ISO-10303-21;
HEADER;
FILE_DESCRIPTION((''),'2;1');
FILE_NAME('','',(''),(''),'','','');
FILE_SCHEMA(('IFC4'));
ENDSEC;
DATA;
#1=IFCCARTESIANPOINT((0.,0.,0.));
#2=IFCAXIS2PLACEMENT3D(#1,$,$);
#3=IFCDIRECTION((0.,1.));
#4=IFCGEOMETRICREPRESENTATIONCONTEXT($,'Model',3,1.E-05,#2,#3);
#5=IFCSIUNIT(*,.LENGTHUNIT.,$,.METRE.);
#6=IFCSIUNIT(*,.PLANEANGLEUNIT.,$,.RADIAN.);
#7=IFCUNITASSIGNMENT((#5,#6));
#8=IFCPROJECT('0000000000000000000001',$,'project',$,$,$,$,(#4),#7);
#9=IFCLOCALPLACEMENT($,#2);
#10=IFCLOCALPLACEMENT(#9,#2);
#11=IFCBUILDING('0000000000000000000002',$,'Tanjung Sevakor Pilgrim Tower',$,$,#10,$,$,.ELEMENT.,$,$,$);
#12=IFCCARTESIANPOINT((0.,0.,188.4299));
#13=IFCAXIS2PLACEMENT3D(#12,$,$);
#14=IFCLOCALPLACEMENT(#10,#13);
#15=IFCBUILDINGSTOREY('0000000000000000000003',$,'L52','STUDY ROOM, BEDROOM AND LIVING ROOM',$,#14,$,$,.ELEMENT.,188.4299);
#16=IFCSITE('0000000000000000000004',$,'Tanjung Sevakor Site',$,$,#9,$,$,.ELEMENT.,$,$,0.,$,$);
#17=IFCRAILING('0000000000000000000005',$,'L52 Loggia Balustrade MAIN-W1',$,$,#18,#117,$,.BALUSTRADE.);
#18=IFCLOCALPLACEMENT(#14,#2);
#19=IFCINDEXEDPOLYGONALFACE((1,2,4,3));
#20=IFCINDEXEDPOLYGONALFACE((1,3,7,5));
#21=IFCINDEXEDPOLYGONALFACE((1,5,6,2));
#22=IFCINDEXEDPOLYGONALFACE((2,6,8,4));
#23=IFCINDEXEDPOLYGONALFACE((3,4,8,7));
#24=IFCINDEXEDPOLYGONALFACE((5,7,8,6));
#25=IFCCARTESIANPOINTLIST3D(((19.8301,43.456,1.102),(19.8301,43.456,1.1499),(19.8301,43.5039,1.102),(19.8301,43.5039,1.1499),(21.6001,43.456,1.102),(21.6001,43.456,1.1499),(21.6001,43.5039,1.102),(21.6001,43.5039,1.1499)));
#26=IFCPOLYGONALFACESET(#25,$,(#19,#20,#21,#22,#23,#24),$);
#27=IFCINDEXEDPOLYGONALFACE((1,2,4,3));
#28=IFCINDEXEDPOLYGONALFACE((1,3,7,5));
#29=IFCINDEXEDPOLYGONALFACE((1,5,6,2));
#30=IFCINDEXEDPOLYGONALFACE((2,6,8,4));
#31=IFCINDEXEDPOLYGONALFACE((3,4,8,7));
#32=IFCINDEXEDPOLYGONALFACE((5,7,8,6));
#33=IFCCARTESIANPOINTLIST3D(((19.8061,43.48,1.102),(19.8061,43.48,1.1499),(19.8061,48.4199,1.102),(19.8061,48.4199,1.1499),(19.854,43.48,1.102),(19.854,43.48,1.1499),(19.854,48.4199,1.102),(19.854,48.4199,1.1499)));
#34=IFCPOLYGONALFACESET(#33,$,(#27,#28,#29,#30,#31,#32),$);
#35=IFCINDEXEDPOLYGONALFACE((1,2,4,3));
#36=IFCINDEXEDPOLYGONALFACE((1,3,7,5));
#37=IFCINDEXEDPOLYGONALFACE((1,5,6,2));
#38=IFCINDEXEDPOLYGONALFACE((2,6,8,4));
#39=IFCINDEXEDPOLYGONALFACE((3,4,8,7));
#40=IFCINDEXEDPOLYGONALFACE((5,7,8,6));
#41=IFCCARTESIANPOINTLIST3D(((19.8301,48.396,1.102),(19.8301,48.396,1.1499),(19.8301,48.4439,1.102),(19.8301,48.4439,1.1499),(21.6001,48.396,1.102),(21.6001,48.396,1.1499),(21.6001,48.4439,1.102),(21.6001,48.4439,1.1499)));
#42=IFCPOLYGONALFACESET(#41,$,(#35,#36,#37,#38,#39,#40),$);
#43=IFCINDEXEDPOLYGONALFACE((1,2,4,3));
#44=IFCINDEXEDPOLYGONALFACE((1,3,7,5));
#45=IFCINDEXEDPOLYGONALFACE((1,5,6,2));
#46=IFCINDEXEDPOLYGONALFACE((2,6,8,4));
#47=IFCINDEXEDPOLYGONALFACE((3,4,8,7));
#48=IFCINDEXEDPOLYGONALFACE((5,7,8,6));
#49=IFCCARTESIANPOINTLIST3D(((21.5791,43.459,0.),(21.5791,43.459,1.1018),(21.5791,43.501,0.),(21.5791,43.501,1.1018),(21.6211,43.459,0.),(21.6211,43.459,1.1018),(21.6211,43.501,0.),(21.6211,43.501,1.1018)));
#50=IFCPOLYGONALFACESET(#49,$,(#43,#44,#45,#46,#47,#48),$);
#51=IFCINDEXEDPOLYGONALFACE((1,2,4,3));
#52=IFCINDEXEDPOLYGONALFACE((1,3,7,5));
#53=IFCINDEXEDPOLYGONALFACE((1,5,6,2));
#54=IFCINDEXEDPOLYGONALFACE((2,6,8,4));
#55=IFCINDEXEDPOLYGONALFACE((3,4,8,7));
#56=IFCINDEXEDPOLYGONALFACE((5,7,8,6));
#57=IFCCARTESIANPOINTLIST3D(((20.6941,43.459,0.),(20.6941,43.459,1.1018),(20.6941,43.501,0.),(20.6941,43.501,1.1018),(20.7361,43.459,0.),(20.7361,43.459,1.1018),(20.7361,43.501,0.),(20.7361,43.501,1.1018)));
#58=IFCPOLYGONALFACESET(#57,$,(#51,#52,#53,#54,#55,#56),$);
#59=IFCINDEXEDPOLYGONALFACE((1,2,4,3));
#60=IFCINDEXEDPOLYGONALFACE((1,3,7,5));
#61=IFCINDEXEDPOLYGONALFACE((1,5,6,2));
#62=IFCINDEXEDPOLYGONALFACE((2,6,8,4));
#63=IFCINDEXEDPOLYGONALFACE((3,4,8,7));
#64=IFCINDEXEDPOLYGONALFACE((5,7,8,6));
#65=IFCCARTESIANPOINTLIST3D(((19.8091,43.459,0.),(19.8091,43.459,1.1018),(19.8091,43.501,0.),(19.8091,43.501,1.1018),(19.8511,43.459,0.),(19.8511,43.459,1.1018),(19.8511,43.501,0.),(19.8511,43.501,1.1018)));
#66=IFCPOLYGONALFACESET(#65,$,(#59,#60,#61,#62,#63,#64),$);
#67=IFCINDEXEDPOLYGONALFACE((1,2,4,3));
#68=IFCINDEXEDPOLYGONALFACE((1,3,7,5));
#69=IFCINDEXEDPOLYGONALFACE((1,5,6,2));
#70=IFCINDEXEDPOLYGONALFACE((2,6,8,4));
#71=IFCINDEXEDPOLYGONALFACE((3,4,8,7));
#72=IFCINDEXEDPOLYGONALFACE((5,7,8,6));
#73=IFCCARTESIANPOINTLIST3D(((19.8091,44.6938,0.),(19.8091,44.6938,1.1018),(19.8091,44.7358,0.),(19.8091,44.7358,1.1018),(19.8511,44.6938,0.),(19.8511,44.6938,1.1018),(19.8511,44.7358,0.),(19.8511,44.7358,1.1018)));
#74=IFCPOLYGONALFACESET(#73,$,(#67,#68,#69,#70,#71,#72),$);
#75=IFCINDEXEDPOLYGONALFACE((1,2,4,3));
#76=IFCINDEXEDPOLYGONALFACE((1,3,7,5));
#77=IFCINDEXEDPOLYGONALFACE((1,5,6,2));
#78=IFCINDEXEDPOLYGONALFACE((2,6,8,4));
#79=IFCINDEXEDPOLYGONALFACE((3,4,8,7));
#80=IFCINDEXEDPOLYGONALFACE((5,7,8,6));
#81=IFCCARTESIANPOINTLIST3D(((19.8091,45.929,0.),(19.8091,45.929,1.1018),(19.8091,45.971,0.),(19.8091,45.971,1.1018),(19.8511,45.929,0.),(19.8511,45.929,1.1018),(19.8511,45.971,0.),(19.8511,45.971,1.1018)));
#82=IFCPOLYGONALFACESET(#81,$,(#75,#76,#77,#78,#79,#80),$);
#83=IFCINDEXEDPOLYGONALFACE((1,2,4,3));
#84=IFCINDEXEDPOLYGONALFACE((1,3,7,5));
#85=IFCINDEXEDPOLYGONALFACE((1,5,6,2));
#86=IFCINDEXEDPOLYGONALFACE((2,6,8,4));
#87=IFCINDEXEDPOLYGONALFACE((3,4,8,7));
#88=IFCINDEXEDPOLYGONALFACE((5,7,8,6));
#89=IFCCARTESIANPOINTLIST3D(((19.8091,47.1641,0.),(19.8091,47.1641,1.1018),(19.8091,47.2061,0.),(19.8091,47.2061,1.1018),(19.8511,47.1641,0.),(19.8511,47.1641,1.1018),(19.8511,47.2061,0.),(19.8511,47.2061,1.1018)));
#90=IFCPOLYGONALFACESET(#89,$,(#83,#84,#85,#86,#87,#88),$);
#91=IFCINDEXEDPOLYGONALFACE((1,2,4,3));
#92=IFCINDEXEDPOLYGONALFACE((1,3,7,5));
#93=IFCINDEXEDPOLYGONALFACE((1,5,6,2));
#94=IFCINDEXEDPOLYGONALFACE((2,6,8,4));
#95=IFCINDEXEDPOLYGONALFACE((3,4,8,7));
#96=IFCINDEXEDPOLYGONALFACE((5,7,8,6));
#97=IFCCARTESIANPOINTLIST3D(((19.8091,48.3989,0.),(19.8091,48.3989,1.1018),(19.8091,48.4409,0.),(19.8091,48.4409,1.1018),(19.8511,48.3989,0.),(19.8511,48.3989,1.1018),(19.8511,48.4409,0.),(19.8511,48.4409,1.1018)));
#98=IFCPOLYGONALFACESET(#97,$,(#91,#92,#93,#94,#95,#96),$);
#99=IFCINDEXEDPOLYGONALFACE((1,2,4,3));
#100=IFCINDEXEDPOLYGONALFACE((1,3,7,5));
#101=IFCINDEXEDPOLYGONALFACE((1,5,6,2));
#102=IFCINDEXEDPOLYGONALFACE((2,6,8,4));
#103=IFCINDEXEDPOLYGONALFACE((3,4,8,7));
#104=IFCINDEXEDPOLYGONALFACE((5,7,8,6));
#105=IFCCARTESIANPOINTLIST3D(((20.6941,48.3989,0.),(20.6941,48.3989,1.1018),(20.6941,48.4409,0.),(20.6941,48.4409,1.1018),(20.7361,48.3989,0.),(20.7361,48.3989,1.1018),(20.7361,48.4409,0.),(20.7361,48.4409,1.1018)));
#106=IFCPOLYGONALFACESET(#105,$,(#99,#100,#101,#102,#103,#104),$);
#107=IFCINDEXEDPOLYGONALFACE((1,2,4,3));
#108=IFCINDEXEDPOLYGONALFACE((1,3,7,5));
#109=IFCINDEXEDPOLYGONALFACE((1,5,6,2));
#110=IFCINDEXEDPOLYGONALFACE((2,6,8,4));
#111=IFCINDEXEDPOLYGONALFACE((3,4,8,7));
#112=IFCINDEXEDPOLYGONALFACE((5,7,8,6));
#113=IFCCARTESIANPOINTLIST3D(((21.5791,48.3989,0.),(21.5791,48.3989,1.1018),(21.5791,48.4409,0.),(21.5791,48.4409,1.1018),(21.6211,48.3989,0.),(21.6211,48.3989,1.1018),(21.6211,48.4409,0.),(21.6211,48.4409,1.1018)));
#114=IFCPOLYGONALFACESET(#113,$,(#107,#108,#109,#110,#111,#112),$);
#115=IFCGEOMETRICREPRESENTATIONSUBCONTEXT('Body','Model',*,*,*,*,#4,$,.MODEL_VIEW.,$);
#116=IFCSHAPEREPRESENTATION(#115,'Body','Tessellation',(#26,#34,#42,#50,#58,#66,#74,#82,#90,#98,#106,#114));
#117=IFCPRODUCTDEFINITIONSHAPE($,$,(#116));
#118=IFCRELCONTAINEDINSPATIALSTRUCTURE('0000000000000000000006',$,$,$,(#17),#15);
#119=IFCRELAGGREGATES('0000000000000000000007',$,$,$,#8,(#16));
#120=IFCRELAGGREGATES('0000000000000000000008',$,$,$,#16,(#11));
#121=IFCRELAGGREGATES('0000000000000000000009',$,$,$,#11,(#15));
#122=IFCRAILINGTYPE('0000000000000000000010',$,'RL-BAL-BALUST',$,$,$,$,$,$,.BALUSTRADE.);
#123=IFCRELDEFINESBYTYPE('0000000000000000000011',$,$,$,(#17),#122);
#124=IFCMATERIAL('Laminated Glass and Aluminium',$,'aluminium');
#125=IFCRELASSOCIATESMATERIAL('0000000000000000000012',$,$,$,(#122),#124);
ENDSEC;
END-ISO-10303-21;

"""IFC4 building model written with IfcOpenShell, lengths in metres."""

from ifc_helpers import new_model, si_unit, direction, frame, origin, place, context, subcontext, project, spatial, rectangle, extrude, material, type_object, element, save


model = new_model("IFC4")

# Units and contexts
model_context = context("Model", 3, precision=1e-05, world=origin(), true_north=direction((0.0, 1.0)))
body_context = subcontext(model_context, "Body", "Model", "MODEL_VIEW")
ifc_project = project(units=[si_unit("LENGTHUNIT", "METRE"), si_unit("PLANEANGLEUNIT", "RADIAN")], contexts=[model_context])

# Site, building, storey
site_placement = place(None, origin())
site = spatial("IfcSite", under=ifc_project, at=site_placement, Name="Tanjung Sevakor Site", CompositionType="ELEMENT", RefElevation=0.0)
building_placement = place(site_placement, origin())
building = spatial("IfcBuilding", under=site, at=building_placement, Name="Tanjung Sevakor Pilgrim Tower", CompositionType="ELEMENT")
storey_placement = place(building_placement, frame((0.0, 0.0, 188.4299)))
storey = spatial("IfcBuildingStorey", under=building, at=storey_placement, Name="L52", Description="STUDY ROOM, BEDROOM AND LIVING ROOM", CompositionType="ELEMENT", Elevation=188.4299)

# Railing
ifc_material_1 = material(Name="Laminated Glass and Aluminium", Category="aluminium")
railing_type = type_object("IfcRailingType", Name="RL-BAL-BALUST", PredefinedType="BALUSTRADE", material=ifc_material_1)
railing_placement = place(storey_placement, frame((21.6001, 43.48, 0.0)))
element("IfcRailing", 1, at=railing_placement, inside=storey, type_object=railing_type, Name="L52 Loggia Balustrade MAIN-W1", PredefinedType="BALUSTRADE", context=body_context, shape_type="SweptSolid", body=[
    extrude(rectangle(XDim=0.0479, YDim=0.0479), frame((0.0, 0.0, 1.126), z_axis=(-1.0, 0.0, 0.0), x_axis=(0.0, -1.0, 0.0)), (0.0, 0.0, 1.0), 1.77),
    extrude(rectangle(XDim=0.0479, YDim=0.0479), frame((-1.77, 0.0, 1.126), z_axis=(0.0, 1.0, 0.0), x_axis=(-1.0, 0.0, 0.0)), (0.0, 0.0, 1.0), 4.9399),
    extrude(rectangle(XDim=0.0479, YDim=0.0479), frame((-1.77, 4.9399, 1.126), z_axis=(1.0, 0.0, 0.0), x_axis=(0.0, 1.0, 0.0)), (0.0, 0.0, 1.0), 1.77),
    extrude(rectangle(XDim=0.042, YDim=0.042), origin(), (0.0, 0.0, 1.0), 1.1018),
    extrude(rectangle(XDim=0.042, YDim=0.042), frame((-0.885, 0.0, 0.0)), (0.0, 0.0, 1.0), 1.1018),
    extrude(rectangle(XDim=0.042, YDim=0.042), frame((-1.77, 0.0, 0.0)), (0.0, 0.0, 1.0), 1.1018),
    extrude(rectangle(XDim=0.042, YDim=0.042), frame((-1.77, 1.2349, 0.0)), (0.0, 0.0, 1.0), 1.1018),
    extrude(rectangle(XDim=0.042, YDim=0.042), frame((-1.77, 2.47, 0.0)), (0.0, 0.0, 1.0), 1.1018),
    extrude(rectangle(XDim=0.042, YDim=0.042), frame((-1.77, 3.7051, 0.0)), (0.0, 0.0, 1.0), 1.1018),
    extrude(rectangle(XDim=0.042, YDim=0.042), frame((-1.77, 4.9399, 0.0)), (0.0, 0.0, 1.0), 1.1018),
    extrude(rectangle(XDim=0.042, YDim=0.042), frame((-0.885, 4.9399, 0.0)), (0.0, 0.0, 1.0), 1.1018),
    extrude(rectangle(XDim=0.042, YDim=0.042), frame((0.0, 4.9399, 0.0)), (0.0, 0.0, 1.0), 1.1018),
])

save(model, "model.ifc")
